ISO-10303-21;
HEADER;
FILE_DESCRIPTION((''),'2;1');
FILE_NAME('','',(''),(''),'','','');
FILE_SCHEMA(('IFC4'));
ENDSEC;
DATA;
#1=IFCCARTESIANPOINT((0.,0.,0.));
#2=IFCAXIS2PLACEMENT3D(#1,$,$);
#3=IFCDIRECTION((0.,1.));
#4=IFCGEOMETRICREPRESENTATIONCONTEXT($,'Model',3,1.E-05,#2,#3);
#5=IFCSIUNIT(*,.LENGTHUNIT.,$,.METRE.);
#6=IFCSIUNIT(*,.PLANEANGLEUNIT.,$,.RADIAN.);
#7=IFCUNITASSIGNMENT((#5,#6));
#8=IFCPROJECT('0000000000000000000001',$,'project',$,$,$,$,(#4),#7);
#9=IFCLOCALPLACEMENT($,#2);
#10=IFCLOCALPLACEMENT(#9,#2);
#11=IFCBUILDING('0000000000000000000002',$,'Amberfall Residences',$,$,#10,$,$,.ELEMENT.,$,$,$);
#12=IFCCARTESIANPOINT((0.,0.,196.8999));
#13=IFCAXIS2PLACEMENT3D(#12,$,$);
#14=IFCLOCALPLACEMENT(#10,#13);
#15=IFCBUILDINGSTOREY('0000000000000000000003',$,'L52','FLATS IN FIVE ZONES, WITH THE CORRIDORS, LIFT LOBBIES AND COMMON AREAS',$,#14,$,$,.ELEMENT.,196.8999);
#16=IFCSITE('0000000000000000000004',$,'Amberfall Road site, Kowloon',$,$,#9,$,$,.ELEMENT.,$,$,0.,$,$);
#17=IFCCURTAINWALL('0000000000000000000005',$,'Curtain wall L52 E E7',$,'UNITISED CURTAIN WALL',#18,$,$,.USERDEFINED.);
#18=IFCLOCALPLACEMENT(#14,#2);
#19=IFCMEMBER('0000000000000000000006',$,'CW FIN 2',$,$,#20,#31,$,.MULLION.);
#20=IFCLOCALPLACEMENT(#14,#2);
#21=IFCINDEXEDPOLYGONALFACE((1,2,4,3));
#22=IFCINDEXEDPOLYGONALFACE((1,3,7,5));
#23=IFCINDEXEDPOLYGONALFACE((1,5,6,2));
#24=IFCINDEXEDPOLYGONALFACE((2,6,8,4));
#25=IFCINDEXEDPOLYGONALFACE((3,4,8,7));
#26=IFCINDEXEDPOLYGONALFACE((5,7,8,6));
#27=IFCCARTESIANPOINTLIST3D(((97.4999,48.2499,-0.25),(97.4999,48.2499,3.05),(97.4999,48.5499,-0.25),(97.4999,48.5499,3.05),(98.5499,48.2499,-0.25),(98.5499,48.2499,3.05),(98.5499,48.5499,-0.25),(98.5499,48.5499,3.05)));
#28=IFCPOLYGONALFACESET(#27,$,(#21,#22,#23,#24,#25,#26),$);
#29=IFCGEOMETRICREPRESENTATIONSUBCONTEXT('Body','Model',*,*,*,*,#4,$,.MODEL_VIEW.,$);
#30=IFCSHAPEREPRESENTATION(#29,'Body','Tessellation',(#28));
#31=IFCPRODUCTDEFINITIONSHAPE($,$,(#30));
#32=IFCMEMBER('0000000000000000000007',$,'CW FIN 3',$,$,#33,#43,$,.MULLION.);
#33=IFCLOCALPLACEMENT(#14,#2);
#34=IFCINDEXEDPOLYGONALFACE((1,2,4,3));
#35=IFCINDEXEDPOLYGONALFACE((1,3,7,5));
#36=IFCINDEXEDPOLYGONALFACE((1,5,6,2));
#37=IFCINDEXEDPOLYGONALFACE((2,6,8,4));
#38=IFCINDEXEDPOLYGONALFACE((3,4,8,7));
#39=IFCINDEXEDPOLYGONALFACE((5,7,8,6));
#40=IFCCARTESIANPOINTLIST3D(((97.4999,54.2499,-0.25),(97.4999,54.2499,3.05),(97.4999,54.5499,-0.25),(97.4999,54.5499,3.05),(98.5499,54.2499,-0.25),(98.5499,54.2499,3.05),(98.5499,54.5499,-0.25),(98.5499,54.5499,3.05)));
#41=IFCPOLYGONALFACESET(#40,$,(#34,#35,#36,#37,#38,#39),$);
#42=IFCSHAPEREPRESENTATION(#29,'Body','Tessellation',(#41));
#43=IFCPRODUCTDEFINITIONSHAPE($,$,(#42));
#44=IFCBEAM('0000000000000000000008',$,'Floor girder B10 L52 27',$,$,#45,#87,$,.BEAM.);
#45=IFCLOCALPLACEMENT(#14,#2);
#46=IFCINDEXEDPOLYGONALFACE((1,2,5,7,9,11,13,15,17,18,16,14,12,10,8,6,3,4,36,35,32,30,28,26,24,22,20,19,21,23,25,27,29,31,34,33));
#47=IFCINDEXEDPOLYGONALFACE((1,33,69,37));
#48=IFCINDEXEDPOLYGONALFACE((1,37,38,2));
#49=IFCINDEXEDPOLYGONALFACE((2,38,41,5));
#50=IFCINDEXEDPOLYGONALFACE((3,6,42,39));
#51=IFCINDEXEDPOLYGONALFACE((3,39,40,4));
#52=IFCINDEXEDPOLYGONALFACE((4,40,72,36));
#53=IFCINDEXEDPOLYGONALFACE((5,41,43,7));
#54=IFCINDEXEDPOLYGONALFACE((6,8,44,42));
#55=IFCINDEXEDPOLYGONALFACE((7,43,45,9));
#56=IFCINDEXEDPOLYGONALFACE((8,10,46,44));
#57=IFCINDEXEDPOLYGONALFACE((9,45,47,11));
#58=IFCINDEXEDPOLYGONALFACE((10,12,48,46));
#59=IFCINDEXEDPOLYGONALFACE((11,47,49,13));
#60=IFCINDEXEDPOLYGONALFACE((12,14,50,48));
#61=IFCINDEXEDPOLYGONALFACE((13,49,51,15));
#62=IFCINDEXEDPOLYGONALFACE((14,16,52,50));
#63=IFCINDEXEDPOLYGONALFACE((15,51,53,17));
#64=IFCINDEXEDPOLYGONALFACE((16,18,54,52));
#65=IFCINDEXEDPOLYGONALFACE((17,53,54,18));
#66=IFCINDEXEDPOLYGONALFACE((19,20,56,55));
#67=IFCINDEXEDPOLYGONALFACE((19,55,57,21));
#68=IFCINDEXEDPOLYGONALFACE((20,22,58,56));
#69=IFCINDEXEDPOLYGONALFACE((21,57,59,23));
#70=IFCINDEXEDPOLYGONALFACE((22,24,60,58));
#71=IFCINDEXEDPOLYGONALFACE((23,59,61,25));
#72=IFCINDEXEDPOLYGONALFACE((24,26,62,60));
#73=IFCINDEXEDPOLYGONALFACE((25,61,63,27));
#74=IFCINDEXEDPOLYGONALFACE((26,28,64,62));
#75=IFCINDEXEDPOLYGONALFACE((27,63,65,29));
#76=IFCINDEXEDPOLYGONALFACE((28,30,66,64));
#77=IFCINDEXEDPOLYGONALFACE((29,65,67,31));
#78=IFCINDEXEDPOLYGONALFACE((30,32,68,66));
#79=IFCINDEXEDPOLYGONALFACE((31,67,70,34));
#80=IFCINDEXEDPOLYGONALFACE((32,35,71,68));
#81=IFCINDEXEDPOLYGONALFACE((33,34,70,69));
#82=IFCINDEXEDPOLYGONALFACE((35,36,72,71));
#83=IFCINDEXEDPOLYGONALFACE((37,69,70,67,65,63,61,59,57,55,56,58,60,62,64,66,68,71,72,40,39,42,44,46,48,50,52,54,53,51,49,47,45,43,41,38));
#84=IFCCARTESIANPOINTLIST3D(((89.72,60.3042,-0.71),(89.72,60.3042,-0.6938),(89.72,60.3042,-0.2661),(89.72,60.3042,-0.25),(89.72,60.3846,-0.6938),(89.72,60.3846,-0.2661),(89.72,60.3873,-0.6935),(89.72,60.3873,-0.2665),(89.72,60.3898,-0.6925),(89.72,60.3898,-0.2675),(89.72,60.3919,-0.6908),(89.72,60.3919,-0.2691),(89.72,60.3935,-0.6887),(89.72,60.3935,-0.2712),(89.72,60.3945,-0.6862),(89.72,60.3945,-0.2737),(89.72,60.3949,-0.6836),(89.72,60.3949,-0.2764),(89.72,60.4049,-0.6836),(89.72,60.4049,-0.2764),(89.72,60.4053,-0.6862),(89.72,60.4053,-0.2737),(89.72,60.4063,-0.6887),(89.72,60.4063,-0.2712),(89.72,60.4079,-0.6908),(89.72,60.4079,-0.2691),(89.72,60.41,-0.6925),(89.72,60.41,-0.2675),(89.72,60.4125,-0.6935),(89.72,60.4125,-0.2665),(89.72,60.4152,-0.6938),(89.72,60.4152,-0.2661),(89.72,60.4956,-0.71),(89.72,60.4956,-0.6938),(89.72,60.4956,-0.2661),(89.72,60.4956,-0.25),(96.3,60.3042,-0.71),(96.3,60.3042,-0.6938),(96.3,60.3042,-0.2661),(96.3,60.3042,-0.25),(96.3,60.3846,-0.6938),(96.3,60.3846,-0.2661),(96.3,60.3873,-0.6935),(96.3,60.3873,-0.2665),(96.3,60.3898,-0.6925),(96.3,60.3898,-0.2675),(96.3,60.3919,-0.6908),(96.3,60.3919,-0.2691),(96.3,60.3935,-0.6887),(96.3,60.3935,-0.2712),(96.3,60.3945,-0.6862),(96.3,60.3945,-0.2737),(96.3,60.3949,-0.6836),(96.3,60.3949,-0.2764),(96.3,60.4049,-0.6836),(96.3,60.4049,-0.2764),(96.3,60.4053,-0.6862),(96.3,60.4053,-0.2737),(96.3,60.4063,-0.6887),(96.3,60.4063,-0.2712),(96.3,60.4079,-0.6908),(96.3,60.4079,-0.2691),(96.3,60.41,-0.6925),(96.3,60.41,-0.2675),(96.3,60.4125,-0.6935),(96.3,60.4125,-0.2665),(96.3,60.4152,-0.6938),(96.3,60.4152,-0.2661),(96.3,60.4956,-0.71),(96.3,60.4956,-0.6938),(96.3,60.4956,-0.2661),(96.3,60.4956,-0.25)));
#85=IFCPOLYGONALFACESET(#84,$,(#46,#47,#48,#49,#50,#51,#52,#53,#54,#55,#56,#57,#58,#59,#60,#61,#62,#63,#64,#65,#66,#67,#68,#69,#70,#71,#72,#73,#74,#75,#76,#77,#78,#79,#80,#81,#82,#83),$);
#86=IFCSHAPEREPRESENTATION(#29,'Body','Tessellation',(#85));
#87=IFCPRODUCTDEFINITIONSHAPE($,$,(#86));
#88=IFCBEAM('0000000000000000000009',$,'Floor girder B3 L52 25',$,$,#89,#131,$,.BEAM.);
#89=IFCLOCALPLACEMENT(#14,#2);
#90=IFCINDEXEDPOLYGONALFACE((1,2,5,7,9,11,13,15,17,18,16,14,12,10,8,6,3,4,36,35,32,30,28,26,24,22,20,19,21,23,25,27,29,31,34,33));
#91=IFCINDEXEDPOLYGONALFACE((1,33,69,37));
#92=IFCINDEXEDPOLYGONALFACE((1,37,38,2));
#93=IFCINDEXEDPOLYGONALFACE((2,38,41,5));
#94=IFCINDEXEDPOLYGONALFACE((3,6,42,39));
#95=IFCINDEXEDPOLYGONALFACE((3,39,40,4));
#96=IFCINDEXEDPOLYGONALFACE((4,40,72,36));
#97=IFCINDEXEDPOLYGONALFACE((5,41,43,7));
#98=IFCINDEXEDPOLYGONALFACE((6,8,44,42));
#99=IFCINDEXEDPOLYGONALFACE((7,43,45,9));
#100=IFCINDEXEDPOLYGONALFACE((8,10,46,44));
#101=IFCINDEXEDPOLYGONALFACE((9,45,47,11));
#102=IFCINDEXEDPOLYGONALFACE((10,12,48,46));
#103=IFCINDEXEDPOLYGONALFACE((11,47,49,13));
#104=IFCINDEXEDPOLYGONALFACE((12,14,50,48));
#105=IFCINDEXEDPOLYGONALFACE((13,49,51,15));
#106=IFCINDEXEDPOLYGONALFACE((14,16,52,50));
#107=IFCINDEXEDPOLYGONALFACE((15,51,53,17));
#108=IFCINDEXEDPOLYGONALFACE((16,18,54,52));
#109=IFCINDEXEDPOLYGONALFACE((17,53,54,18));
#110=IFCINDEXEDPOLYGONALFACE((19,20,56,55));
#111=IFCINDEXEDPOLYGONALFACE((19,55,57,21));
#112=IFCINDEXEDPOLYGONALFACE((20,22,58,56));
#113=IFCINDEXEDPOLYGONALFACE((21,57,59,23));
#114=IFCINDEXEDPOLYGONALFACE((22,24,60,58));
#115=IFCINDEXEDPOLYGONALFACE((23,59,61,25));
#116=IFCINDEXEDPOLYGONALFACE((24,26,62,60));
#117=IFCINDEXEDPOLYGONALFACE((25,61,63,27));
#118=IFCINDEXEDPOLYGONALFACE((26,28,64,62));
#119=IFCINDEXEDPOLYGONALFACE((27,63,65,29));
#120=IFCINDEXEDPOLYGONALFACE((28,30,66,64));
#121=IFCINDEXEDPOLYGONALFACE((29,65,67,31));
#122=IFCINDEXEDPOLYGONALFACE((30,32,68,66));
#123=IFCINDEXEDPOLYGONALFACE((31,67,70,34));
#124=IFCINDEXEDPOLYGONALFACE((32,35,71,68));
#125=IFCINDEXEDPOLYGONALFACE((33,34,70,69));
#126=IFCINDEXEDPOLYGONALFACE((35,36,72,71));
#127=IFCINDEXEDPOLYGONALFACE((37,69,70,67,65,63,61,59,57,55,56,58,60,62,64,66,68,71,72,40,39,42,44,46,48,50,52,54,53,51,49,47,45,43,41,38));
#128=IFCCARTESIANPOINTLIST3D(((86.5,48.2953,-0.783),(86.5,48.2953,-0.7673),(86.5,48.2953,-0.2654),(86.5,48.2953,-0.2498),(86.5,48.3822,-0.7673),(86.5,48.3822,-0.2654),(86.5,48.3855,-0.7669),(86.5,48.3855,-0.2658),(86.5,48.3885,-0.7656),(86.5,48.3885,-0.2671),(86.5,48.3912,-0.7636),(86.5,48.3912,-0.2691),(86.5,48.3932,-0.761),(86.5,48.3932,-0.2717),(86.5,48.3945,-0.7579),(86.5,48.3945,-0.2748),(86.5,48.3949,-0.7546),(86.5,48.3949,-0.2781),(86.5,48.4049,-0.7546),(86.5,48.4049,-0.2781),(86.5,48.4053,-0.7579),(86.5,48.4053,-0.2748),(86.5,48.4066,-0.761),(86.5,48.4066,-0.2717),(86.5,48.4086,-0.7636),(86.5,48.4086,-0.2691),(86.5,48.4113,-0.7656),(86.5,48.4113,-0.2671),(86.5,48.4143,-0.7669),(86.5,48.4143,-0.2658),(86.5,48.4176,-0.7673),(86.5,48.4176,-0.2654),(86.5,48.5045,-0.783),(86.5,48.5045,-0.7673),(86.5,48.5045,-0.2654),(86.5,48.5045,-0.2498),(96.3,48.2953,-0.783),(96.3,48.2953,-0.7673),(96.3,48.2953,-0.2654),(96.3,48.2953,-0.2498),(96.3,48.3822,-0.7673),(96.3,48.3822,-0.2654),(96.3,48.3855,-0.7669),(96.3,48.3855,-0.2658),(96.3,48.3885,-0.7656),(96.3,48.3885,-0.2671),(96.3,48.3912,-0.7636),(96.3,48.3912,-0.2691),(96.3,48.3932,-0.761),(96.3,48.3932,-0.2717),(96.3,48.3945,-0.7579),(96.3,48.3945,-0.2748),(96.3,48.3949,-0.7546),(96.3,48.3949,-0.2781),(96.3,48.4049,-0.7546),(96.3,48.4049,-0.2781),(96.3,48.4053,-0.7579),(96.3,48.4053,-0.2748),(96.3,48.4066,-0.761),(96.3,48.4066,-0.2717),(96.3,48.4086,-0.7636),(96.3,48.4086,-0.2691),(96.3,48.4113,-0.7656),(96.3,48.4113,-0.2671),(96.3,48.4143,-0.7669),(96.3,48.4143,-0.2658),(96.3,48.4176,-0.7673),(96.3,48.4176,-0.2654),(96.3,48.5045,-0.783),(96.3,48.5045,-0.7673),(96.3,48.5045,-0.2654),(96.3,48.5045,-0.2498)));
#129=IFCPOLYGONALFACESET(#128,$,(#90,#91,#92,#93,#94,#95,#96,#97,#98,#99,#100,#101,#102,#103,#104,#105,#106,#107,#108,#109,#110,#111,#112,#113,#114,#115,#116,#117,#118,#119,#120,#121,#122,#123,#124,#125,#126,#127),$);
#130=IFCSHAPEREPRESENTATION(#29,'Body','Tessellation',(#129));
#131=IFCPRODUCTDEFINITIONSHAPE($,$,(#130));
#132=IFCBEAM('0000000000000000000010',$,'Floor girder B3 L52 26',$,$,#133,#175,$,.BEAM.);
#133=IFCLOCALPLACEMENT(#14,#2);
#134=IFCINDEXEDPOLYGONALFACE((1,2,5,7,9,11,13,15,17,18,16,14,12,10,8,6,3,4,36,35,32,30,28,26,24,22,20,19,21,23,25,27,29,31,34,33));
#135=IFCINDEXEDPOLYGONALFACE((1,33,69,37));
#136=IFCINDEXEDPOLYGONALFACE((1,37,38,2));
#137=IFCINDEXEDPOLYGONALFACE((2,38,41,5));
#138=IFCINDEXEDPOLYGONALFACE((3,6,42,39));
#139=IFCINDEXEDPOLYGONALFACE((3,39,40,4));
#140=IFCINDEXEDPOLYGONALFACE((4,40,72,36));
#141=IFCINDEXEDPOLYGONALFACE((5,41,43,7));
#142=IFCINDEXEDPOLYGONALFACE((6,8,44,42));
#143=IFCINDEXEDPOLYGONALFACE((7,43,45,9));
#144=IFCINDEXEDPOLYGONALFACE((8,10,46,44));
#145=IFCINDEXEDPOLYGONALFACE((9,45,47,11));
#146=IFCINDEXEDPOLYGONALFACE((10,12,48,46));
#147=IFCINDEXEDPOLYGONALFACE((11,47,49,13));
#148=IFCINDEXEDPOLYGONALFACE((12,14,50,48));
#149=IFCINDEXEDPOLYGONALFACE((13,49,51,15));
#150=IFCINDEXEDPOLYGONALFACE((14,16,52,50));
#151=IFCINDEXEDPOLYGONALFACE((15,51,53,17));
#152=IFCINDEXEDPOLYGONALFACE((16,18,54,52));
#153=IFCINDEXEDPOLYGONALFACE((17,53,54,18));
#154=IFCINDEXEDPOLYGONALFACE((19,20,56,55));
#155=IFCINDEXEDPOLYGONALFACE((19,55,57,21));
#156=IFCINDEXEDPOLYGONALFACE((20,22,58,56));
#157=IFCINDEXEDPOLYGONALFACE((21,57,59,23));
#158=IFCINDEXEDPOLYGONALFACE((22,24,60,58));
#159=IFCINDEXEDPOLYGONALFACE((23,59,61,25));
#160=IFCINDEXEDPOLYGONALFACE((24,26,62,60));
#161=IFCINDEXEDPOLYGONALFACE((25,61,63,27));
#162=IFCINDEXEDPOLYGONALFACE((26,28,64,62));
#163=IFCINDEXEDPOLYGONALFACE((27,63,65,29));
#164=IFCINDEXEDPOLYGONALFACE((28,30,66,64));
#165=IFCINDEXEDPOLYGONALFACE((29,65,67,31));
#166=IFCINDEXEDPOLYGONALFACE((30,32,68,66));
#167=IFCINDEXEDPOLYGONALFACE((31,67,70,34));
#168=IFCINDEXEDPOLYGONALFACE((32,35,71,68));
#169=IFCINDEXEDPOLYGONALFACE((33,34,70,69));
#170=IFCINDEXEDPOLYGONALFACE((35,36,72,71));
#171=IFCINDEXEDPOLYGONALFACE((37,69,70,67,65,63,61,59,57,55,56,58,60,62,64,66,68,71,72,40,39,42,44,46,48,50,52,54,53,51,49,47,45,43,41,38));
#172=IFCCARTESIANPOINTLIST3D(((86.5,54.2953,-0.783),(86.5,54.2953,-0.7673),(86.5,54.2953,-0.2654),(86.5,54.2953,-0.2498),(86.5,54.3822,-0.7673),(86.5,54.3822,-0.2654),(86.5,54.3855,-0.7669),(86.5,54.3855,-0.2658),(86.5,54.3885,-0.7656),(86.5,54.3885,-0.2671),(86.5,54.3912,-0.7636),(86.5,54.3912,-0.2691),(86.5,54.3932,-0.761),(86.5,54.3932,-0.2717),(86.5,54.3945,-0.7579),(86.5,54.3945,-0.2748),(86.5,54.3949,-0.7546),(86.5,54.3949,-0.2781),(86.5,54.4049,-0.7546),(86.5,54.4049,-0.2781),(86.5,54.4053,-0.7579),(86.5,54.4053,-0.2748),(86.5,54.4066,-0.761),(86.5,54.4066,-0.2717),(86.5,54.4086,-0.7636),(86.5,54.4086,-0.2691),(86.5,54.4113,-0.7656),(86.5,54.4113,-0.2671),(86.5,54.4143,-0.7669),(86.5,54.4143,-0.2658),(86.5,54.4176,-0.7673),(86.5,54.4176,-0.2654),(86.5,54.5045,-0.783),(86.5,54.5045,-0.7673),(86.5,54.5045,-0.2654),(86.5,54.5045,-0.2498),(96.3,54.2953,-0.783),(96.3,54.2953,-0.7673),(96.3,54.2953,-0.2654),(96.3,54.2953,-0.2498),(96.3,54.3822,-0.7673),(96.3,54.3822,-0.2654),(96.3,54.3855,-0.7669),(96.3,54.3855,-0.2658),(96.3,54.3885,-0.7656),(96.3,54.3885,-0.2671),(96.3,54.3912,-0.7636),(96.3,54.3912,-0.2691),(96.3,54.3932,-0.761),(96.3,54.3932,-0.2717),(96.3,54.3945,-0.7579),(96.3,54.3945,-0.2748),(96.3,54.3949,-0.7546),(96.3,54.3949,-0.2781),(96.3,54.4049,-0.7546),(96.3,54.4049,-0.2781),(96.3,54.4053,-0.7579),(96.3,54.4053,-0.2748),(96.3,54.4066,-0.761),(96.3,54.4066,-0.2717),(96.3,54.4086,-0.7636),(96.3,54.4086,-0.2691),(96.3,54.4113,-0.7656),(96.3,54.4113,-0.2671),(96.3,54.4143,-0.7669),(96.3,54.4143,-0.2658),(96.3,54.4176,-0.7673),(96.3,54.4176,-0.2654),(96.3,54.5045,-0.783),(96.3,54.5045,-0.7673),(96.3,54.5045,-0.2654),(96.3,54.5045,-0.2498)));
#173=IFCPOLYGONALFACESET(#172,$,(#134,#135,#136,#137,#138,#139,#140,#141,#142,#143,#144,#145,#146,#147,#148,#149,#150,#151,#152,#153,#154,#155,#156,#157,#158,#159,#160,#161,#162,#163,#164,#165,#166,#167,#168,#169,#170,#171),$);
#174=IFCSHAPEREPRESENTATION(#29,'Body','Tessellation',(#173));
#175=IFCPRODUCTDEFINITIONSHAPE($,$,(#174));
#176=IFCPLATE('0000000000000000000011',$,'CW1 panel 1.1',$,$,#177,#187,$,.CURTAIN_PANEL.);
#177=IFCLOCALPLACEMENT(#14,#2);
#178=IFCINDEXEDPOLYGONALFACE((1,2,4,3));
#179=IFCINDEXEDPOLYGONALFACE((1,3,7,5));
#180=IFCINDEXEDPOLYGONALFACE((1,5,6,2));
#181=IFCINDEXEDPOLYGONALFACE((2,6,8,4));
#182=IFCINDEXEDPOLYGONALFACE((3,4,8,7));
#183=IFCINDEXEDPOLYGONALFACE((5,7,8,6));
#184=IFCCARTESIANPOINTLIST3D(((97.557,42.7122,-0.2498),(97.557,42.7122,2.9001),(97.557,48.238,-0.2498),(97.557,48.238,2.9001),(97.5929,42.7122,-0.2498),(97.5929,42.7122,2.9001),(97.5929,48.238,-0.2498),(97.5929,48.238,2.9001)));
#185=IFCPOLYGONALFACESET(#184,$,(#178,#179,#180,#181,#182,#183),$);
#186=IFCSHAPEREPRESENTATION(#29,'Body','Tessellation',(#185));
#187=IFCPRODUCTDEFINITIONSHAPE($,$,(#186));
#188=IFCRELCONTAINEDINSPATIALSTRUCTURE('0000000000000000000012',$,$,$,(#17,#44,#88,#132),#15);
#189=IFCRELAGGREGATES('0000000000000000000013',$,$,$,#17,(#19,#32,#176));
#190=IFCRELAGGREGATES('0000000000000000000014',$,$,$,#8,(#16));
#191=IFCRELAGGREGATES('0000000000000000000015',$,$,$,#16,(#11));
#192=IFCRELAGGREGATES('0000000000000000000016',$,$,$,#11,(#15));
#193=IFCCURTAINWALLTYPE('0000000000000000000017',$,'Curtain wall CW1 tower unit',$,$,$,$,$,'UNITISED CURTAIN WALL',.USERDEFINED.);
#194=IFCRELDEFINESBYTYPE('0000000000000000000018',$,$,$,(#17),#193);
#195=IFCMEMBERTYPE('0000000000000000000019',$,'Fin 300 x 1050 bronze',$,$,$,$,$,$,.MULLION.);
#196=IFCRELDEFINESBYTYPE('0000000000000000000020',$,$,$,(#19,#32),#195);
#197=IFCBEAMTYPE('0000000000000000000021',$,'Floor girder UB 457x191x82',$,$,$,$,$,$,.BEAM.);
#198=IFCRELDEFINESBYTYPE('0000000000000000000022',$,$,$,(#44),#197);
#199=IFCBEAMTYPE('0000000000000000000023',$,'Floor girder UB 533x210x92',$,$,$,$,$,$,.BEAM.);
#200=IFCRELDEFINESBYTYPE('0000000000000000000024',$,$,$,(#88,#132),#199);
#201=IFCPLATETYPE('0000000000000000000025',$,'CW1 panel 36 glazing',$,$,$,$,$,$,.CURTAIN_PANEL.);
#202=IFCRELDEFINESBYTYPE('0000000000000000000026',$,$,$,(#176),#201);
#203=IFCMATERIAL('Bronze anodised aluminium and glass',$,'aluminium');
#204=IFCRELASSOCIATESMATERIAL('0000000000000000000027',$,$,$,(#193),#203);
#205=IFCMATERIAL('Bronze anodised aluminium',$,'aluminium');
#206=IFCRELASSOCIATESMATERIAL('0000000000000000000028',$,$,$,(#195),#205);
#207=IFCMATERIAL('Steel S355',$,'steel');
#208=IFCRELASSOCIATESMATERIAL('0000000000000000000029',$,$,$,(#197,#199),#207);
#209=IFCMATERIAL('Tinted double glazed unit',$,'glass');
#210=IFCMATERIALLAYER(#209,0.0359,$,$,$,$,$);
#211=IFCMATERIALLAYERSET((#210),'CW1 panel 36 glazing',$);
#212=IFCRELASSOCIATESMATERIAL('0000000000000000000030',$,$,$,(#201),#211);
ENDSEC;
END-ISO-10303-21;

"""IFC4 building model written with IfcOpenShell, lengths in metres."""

from ifc_helpers import new_model, si_unit, direction, frame, origin, origin_2d, place, context, subcontext, project, spatial, rectangle, i_section, extrude, material, layer, layer_set, material_profile, profile_set, type_object, element, aggregate, save


model = new_model("IFC4")

# Units and contexts
model_context = context("Model", 3, precision=1e-05, world=origin(), true_north=direction((0.0, 1.0)))
body_context = subcontext(model_context, "Body", "Model", "MODEL_VIEW")
ifc_project = project(units=[si_unit("LENGTHUNIT", "METRE"), si_unit("PLANEANGLEUNIT", "RADIAN")], contexts=[model_context])

# Site, building, storey
site_placement = place(None, origin())
site = spatial("IfcSite", under=ifc_project, at=site_placement, Name="Amberfall Road site, Kowloon", CompositionType="ELEMENT", RefElevation=0.0)
building_placement = place(site_placement, origin())
building = spatial("IfcBuilding", under=site, at=building_placement, Name="Amberfall Residences", CompositionType="ELEMENT")
storey_placement = place(building_placement, frame((0.0, 0.0, 196.8999)))
storey = spatial("IfcBuildingStorey", under=building, at=storey_placement, Name="L52", Description="FLATS IN FIVE ZONES, WITH THE CORRIDORS, LIFT LOBBIES AND COMMON AREAS", CompositionType="ELEMENT", Elevation=196.8999)

# Curtain wall
ifc_material_1 = material(Name="Bronze anodised aluminium and glass", Category="aluminium")
curtain_wall_type = type_object("IfcCurtainWallType", Name="Curtain wall CW1 tower unit", ElementType="UNITISED CURTAIN WALL", PredefinedType="USERDEFINED", material=ifc_material_1)
curtain_wall_placement = place(storey_placement, origin())
curtain_wall = element("IfcCurtainWall", 1, at=curtain_wall_placement, inside=storey, type_object=curtain_wall_type, Name="Curtain wall L52 E E7", ObjectType="UNITISED CURTAIN WALL", PredefinedType="USERDEFINED")
ifc_material_2 = material(Name="Bronze anodised aluminium", Category="aluminium")

# Shared definitions
ifc_material_3 = material(Name="Steel S355", Category="steel")

# Members
ifc_material_profile_1 = material_profile(ifc_material_2, rectangle(XDim=1.05, YDim=0.3, at=origin_2d()), Name="Fin 300 x 1050 bronze")
ifc_profile_set_1 = profile_set([ifc_material_profile_1], Name="Bronze anodised aluminium")
member_type_1 = type_object("IfcMemberType", Name="Fin 300 x 1050 bronze", PredefinedType="MULLION", material=ifc_profile_set_1)
member_1_placement = place(storey_placement, frame((98.0249, 48.3999, -0.25), z_axis=(0.0, 0.0, 1.0), x_axis=(-1.0, 0.0, 0.0)))
member_1 = element("IfcMember", 2, at=member_1_placement, type_object=member_type_1, Name="CW FIN 2", PredefinedType="MULLION", context=body_context, shape_type="SweptSolid", body=[
    extrude(rectangle(XDim=1.05, YDim=0.3, at=origin_2d()), origin(), (0.0, 0.0, 1.0), 3.3),
])
member_2_placement = place(storey_placement, frame((98.0249, 54.3999, -0.25), z_axis=(0.0, 0.0, 1.0), x_axis=(-1.0, 0.0, 0.0)))
member_2 = element("IfcMember", 3, at=member_2_placement, type_object=member_type_1, Name="CW FIN 3", PredefinedType="MULLION", context=body_context, shape_type="SweptSolid", body=[
    extrude(rectangle(XDim=1.05, YDim=0.3, at=origin_2d()), origin(), (0.0, 0.0, 1.0), 3.3),
])

# Beams
ifc_material_profile_2 = material_profile(ifc_material_3, i_section(OverallWidth=0.1914, OverallDepth=0.46, WebThickness=0.01, FlangeThickness=0.0161, FilletRadius=0.0103, at=origin_2d()), Name="UB 457x191x82")
ifc_profile_set_2 = profile_set([ifc_material_profile_2], Name="Steel S355")
beam_type_1 = type_object("IfcBeamType", Name="Floor girder UB 457x191x82", PredefinedType="BEAM", material=ifc_profile_set_2)
beam_placement = place(storey_placement, frame((96.3, 60.3999, -0.48), z_axis=(-1.0, 0.0, 0.0), x_axis=(0.0, -1.0, 0.0)))
element("IfcBeam", 4, at=beam_placement, inside=storey, type_object=beam_type_1, Name="Floor girder B10 L52 27", PredefinedType="BEAM", context=body_context, shape_type="SweptSolid", body=[
    extrude(i_section(OverallWidth=0.1914, OverallDepth=0.46, WebThickness=0.01, FlangeThickness=0.0161, FilletRadius=0.0103, at=origin_2d()), origin(), (0.0, 0.0, 1.0), 6.5801),
])
ifc_material_profile_3 = material_profile(ifc_material_3, i_section(OverallWidth=0.2092, OverallDepth=0.5332, WebThickness=0.01, FlangeThickness=0.0156, FilletRadius=0.0127, at=origin_2d()), Name="UB 533x210x92")
ifc_profile_set_3 = profile_set([ifc_material_profile_3], Name="Steel S355")
beam_type_2 = type_object("IfcBeamType", Name="Floor girder UB 533x210x92", PredefinedType="BEAM", material=ifc_profile_set_3)
for number, where, z_axis, x_axis, name in (
    (5, (96.3, 48.3999, -0.5164), (-1.0, 0.0, 0.0), (0.0, -1.0, 0.0), "Floor girder B3 L52 25"),
    (6, (96.3, 54.3999, -0.5164), (-1.0, 0.0, 0.0), (0.0, -1.0, 0.0), "Floor girder B3 L52 26"),
):
    element("IfcBeam", number, at=place(storey_placement, frame(where, z_axis=z_axis, x_axis=x_axis)), inside=storey, type_object=beam_type_2, Name=name, PredefinedType="BEAM", context=body_context, shape_type="SweptSolid", body=[
        extrude(i_section(OverallWidth=0.2092, OverallDepth=0.5332, WebThickness=0.01, FlangeThickness=0.0156, FilletRadius=0.0127, at=origin_2d()), origin(), (0.0, 0.0, 1.0), 9.8),
    ])

# Plate
ifc_material_4 = material(Name="Tinted double glazed unit", Category="glass")
ifc_layer_1 = layer(ifc_material_4, 0.0359)
ifc_layer_set_1 = layer_set([ifc_layer_1], Name="CW1 panel 36 glazing")
plate_type = type_object("IfcPlateType", Name="CW1 panel 36 glazing", PredefinedType="CURTAIN_PANEL", material=ifc_layer_set_1)
plate_1_placement = place(storey_placement, frame((97.575, 45.4751, -0.2498), z_axis=(0.0, 0.0, 1.0), x_axis=(0.0, 1.0, 0.0)))
plate_1 = element("IfcPlate", 7, at=plate_1_placement, type_object=plate_type, Name="CW1 panel 1.1", PredefinedType="CURTAIN_PANEL", context=body_context, shape_type="SweptSolid", body=[
    extrude(rectangle(XDim=5.5259, YDim=0.0359, at=origin_2d()), origin(), (0.0, 0.0, 1.0), 3.1499),
])
aggregate(curtain_wall, [member_1, member_2, plate_1])

save(model, "model.ifc")
